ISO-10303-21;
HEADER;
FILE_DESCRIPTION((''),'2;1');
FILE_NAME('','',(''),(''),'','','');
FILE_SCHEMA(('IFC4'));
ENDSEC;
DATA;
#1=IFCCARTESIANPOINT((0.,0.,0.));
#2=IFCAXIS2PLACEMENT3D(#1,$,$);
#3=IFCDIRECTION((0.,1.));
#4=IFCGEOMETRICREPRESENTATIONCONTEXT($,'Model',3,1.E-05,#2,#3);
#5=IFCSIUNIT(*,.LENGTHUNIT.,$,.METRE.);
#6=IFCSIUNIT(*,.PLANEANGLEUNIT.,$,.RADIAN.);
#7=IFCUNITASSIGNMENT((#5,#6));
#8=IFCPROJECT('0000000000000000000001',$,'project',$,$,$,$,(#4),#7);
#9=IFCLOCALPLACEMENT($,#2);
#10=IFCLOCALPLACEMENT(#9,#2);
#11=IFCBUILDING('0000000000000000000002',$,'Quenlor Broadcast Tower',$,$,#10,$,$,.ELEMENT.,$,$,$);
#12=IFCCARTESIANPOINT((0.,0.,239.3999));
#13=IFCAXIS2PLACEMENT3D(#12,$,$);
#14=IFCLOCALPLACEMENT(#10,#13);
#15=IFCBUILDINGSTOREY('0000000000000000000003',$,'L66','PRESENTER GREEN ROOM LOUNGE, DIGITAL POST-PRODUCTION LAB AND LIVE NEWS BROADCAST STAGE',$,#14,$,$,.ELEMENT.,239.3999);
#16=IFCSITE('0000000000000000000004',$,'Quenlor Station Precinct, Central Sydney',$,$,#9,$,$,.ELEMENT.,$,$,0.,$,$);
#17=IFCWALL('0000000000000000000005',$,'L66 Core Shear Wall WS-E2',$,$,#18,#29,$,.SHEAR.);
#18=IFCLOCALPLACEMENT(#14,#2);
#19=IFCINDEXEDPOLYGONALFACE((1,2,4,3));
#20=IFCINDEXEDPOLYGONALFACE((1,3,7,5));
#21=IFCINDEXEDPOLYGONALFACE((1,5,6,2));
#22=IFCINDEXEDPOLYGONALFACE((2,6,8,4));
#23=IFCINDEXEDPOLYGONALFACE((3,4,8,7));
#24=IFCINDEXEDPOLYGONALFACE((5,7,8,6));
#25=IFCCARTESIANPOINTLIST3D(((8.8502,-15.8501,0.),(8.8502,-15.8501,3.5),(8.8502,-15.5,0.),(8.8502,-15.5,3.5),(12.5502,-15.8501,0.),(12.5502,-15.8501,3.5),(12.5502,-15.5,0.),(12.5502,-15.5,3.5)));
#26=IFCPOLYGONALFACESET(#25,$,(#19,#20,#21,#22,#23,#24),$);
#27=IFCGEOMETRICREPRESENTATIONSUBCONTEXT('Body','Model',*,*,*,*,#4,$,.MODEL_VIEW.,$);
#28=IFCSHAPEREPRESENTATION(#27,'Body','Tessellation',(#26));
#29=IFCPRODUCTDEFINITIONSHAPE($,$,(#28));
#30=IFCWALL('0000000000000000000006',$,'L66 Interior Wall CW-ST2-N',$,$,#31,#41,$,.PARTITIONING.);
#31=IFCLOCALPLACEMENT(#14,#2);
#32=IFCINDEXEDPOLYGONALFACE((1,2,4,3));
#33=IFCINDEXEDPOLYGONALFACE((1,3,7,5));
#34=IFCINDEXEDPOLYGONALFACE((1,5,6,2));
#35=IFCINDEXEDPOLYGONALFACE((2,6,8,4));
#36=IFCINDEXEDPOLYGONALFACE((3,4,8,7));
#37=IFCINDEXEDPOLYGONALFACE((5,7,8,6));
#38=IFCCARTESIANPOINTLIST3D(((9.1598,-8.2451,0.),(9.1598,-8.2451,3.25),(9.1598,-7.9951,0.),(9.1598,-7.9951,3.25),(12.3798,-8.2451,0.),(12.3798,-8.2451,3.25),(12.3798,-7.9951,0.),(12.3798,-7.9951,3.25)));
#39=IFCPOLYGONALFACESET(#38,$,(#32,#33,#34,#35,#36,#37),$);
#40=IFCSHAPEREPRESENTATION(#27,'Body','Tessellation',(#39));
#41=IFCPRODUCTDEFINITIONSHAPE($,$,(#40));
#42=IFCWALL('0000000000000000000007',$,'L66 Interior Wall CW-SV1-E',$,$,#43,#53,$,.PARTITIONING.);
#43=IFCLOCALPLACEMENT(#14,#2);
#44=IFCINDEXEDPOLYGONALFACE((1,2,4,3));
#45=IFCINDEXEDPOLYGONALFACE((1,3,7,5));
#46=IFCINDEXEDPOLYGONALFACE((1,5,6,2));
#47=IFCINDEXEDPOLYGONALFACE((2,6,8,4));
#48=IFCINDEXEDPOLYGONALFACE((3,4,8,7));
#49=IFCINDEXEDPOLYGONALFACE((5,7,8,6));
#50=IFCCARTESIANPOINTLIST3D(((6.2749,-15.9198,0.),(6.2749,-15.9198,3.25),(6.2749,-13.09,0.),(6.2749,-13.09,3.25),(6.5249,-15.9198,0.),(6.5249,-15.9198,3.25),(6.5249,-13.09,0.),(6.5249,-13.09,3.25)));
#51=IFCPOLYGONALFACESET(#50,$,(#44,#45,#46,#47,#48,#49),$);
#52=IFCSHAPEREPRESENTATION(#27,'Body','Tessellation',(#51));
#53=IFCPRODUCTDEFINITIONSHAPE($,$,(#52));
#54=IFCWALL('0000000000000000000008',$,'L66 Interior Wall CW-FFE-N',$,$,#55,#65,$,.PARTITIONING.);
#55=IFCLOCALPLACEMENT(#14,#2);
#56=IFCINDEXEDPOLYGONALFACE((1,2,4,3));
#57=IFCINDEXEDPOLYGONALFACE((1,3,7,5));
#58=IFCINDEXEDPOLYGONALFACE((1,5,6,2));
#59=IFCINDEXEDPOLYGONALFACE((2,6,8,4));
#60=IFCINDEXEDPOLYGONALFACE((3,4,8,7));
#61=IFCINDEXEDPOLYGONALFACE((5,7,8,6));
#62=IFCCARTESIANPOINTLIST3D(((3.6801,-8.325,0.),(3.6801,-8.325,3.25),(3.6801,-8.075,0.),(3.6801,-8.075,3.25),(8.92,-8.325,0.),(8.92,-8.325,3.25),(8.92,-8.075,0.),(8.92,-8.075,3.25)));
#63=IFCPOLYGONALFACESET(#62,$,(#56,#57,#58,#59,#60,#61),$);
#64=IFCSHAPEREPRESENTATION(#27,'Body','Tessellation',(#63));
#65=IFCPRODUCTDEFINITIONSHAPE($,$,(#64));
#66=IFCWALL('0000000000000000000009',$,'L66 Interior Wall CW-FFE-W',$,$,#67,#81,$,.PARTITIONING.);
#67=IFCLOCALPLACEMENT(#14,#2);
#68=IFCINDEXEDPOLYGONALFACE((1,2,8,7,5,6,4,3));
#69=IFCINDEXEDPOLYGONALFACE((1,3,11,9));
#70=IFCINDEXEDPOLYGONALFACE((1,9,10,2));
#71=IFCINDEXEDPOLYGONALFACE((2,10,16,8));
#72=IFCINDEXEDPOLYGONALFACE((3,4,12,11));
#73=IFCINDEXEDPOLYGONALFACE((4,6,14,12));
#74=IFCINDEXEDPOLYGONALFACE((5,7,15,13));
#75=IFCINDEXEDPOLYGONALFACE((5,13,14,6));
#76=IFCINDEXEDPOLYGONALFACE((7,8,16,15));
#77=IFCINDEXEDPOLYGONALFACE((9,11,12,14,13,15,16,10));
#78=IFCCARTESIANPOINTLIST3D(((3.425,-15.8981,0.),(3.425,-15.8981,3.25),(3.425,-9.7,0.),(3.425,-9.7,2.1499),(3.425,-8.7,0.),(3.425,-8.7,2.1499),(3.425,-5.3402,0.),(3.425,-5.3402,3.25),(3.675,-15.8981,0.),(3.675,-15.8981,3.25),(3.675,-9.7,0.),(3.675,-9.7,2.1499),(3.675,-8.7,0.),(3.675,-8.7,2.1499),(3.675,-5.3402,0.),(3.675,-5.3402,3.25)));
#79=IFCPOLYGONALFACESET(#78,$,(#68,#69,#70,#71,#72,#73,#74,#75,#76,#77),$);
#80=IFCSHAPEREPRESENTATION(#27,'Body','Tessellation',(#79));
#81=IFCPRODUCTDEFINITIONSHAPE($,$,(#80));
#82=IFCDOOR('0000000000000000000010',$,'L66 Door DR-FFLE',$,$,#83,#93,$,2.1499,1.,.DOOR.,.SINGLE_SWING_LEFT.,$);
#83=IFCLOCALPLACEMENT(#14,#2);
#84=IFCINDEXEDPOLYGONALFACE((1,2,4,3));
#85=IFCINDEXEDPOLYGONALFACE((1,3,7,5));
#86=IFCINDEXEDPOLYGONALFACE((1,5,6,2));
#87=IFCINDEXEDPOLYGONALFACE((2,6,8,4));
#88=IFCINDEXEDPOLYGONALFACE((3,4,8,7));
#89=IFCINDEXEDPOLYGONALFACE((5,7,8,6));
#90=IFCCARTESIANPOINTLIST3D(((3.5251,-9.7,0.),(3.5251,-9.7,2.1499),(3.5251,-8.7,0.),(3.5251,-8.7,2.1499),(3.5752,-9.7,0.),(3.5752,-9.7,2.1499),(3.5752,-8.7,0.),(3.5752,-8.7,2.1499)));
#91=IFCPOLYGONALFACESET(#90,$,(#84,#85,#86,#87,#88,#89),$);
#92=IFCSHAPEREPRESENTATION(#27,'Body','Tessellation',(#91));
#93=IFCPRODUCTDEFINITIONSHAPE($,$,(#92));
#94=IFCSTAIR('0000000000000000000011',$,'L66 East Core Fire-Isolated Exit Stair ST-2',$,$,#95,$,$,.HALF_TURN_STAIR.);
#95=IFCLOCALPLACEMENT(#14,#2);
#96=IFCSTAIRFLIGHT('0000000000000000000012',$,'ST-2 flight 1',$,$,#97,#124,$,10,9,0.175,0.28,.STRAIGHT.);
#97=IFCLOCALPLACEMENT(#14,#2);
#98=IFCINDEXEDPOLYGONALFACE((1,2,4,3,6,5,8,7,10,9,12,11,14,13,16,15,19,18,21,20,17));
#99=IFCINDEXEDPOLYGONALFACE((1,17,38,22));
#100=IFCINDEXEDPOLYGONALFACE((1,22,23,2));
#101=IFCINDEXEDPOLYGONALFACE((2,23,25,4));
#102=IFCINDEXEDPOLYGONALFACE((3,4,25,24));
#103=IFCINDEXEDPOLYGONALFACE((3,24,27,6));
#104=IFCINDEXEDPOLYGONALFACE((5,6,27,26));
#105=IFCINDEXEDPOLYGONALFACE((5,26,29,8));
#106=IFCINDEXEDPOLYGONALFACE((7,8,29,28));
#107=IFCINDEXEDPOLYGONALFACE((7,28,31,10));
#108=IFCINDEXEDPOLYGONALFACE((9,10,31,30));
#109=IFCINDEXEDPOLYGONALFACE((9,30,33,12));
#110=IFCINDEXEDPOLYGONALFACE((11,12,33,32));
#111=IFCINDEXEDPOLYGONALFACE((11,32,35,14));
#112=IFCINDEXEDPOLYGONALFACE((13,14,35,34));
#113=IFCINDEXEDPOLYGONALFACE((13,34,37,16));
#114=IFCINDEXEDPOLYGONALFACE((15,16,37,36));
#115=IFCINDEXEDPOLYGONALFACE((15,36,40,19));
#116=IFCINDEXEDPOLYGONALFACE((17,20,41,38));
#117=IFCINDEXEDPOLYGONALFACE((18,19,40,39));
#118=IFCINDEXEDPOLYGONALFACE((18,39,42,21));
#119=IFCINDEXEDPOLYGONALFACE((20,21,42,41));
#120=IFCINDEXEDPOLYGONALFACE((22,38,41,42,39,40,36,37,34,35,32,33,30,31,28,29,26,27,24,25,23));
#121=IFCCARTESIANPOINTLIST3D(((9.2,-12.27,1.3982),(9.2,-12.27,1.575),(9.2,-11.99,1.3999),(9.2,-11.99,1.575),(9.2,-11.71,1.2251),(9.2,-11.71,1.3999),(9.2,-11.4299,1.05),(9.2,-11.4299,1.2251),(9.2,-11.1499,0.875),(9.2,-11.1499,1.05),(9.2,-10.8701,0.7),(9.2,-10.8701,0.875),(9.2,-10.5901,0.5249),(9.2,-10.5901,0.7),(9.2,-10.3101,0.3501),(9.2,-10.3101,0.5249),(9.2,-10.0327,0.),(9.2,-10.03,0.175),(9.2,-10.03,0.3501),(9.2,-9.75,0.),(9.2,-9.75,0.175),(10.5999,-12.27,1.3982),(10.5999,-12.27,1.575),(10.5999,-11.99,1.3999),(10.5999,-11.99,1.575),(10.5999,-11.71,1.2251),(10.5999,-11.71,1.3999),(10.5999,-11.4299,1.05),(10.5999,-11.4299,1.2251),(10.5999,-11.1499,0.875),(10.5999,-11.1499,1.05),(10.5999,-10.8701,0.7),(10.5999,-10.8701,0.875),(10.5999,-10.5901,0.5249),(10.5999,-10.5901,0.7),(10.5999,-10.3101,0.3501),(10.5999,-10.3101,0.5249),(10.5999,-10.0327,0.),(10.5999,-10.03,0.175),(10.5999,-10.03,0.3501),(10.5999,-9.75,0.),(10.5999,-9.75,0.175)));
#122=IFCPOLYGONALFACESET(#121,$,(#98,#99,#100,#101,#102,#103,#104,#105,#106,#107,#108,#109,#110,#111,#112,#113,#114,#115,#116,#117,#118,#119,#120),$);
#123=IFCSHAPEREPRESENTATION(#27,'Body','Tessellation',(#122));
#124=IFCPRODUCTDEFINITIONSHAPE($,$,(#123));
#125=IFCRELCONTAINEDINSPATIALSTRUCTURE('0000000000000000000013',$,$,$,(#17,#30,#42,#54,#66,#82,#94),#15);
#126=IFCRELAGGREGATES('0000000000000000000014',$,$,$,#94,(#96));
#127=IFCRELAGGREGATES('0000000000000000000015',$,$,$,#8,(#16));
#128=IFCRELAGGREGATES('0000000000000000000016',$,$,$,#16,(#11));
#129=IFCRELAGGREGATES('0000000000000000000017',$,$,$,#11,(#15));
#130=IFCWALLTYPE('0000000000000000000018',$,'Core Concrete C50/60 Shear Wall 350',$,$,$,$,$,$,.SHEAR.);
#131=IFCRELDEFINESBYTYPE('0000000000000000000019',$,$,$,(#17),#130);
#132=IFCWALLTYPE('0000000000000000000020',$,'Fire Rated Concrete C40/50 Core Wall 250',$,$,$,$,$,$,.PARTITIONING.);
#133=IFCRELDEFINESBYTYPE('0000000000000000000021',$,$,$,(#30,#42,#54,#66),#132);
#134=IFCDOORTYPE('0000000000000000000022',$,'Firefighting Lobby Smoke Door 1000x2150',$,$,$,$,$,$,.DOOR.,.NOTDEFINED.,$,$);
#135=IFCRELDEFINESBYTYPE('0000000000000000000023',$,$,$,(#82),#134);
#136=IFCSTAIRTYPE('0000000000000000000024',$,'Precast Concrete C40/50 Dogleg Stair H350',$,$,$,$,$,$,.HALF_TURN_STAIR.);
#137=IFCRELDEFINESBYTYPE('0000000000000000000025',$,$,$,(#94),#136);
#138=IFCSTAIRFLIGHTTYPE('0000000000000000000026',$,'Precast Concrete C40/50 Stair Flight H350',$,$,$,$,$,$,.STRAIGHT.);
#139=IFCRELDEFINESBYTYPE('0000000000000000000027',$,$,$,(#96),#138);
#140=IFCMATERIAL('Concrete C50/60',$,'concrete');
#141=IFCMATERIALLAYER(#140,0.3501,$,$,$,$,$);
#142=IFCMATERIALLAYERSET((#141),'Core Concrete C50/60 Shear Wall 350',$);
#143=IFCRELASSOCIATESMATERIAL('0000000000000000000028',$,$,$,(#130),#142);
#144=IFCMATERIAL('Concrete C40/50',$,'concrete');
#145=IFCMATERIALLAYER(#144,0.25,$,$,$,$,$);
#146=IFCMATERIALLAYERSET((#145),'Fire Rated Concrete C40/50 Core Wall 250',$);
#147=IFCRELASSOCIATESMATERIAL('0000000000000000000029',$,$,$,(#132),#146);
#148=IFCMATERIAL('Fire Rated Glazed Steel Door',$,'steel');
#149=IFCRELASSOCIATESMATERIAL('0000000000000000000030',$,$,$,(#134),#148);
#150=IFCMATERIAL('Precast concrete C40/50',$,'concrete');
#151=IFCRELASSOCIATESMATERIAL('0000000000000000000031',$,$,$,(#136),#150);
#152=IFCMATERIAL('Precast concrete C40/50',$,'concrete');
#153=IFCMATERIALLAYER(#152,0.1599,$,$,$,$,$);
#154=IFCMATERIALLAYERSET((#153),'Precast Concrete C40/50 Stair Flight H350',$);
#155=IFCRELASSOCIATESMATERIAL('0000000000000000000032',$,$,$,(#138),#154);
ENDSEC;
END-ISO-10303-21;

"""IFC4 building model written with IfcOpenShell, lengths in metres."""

from ifc_helpers import new_model, si_unit, direction, frame, frame_2d, origin, place, context, subcontext, project, spatial, polyline, rectangle, outline, extrude, material, layer, layer_set, type_object, element, fill, aggregate, save


model = new_model("IFC4")

# Units and contexts
model_context = context("Model", 3, precision=1e-05, world=origin(), true_north=direction((0.0, 1.0)))
body_context = subcontext(model_context, "Body", "Model", "MODEL_VIEW")
ifc_project = project(units=[si_unit("LENGTHUNIT", "METRE"), si_unit("PLANEANGLEUNIT", "RADIAN")], contexts=[model_context])

# Site, building, storey
site_placement = place(None, origin())
site = spatial("IfcSite", under=ifc_project, at=site_placement, Name="Quenlor Station Precinct, Central Sydney", CompositionType="ELEMENT", RefElevation=0.0)
building_placement = place(site_placement, origin())
building = spatial("IfcBuilding", under=site, at=building_placement, Name="Quenlor Broadcast Tower", CompositionType="ELEMENT")
storey_placement = place(building_placement, frame((0.0, 0.0, 239.3999)))
storey = spatial("IfcBuildingStorey", under=building, at=storey_placement, Name="L66", Description="PRESENTER GREEN ROOM LOUNGE, DIGITAL POST-PRODUCTION LAB AND LIVE NEWS BROADCAST STAGE", CompositionType="ELEMENT", Elevation=239.3999)

# Wall
ifc_material_1 = material(Name="Concrete C50/60", Category="concrete")
ifc_layer_1 = layer(ifc_material_1, 0.3501)
ifc_layer_set_1 = layer_set([ifc_layer_1], Name="Core Concrete C50/60 Shear Wall 350")
wall_type_1 = type_object("IfcWallType", Name="Core Concrete C50/60 Shear Wall 350", PredefinedType="SHEAR", material=ifc_layer_set_1)
wall_1_placement = place(storey_placement, frame((8.8501, -15.675, 0.0), z_axis=(0.0, 0.0, 1.0), x_axis=(1.0, 0.0, 0.0)))
element("IfcWall", 1, at=wall_1_placement, inside=storey, type_object=wall_type_1, Name="L66 Core Shear Wall WS-E2", PredefinedType="SHEAR", context=body_context, shape_type="SweptSolid", body=[
    extrude(rectangle(XDim=3.7, YDim=0.3501, at=frame_2d((1.8501, 0.0))), origin(), (0.0, 0.0, 1.0), 3.5),
])

# Shared definitions
ifc_material_2 = material(Name="Concrete C40/50", Category="concrete")
ifc_layer_2 = layer(ifc_material_2, 0.25)
ifc_layer_set_2 = layer_set([ifc_layer_2], Name="Fire Rated Concrete C40/50 Core Wall 250")
wall_type_2 = type_object("IfcWallType", Name="Fire Rated Concrete C40/50 Core Wall 250", PredefinedType="PARTITIONING", material=ifc_layer_set_2)

# Wall
wall_2_placement = place(storey_placement, frame((9.1599, -8.1201, 0.0), z_axis=(0.0, 0.0, 1.0), x_axis=(1.0, 0.0, 0.0)))
element("IfcWall", 2, at=wall_2_placement, inside=storey, type_object=wall_type_2, Name="L66 Interior Wall CW-ST2-N", PredefinedType="PARTITIONING", context=body_context, shape_type="SweptSolid", body=[
    extrude(rectangle(XDim=3.22, YDim=0.25, at=frame_2d((1.6099, 0.0))), origin(), (0.0, 0.0, 1.0), 3.25),
])

# Walls
wall_3_placement = place(storey_placement, frame((6.3999, -15.9199, 0.0), z_axis=(0.0, 0.0, 1.0), x_axis=(0.0, 1.0, 0.0)))
element("IfcWall", 3, at=wall_3_placement, inside=storey, type_object=wall_type_2, Name="L66 Interior Wall CW-SV1-E", PredefinedType="PARTITIONING", context=body_context, shape_type="SweptSolid", body=[
    extrude(rectangle(XDim=2.8298, YDim=0.25, at=frame_2d((1.415, 0.0))), origin(), (0.0, 0.0, 1.0), 3.25),
])
wall_4_placement = place(storey_placement, frame((3.6799, -8.2, 0.0), z_axis=(0.0, 0.0, 1.0), x_axis=(1.0, 0.0, 0.0)))
element("IfcWall", 4, at=wall_4_placement, inside=storey, type_object=wall_type_2, Name="L66 Interior Wall CW-FFE-N", PredefinedType="PARTITIONING", context=body_context, shape_type="SweptSolid", body=[
    extrude(rectangle(XDim=5.24, YDim=0.25, at=frame_2d((2.6201, 0.0))), origin(), (0.0, 0.0, 1.0), 3.25),
])

# Wall, opening, door
wall_5_placement = place(storey_placement, frame((3.55, -15.8979, 0.0), z_axis=(0.0, 0.0, 1.0), x_axis=(0.0, 1.0, 0.0)))
wall_5 = element("IfcWall", 5, at=wall_5_placement, inside=storey, type_object=wall_type_2, Name="L66 Interior Wall CW-FFE-W", PredefinedType="PARTITIONING", context=body_context, shape_type="SweptSolid", body=[
    extrude(rectangle(XDim=10.5579, YDim=0.25, at=frame_2d((5.2788, 0.0))), origin(), (0.0, 0.0, 1.0), 3.25),
])
opening_1_placement = place(wall_5_placement, frame((6.198, 0.0, 0.0)))
opening_1 = element("IfcOpeningElement", 6, at=opening_1_placement, cuts=wall_5, PredefinedType="OPENING", context=body_context, shape_type="SweptSolid", body=[
    extrude(rectangle(XDim=1.0, YDim=2.1499, at=frame_2d((0.5, 1.075))), frame((0.0, 0.135, 0.0), z_axis=(0.0, -1.0, 0.0), x_axis=(1.0, 0.0, 0.0)), (0.0, 0.0, 1.0), 0.27),
])
ifc_material_3 = material(Name="Fire Rated Glazed Steel Door", Category="steel")
door_type_1 = type_object("IfcDoorType", Name="Firefighting Lobby Smoke Door 1000x2150", OperationType="NOTDEFINED", PredefinedType="DOOR", material=ifc_material_3)
door_1_placement = place(opening_1_placement, origin())
door_1 = element("IfcDoor", 7, at=door_1_placement, inside=storey, type_object=door_type_1, Name="L66 Door DR-FFLE", OperationType="SINGLE_SWING_LEFT", OverallHeight=2.1499, OverallWidth=1.0, PredefinedType="DOOR", context=body_context, shape_type="SweptSolid", body=[
    extrude(rectangle(XDim=1.0, YDim=2.1499, at=frame_2d((0.5, 1.075))), frame((0.0, 0.0249, 0.0), z_axis=(0.0, -1.0, 0.0), x_axis=(1.0, 0.0, 0.0)), (0.0, 0.0, 1.0), 0.05),
])
fill(opening_1, door_1)

# Stair, stair flight
ifc_material_4 = material(Name="Precast concrete C40/50", Category="concrete")
stair_type = type_object("IfcStairType", Name="Precast Concrete C40/50 Dogleg Stair H350", PredefinedType="HALF_TURN_STAIR", material=ifc_material_4)
stair_placement = place(storey_placement, origin())
stair = element("IfcStair", 8, at=stair_placement, inside=storey, type_object=stair_type, Name="L66 East Core Fire-Isolated Exit Stair ST-2", PredefinedType="HALF_TURN_STAIR")
ifc_material_5 = material(Name="Precast concrete C40/50", Category="concrete")
ifc_layer_3 = layer(ifc_material_5, 0.1599)
ifc_layer_set_3 = layer_set([ifc_layer_3], Name="Precast Concrete C40/50 Stair Flight H350")
stair_flight_type = type_object("IfcStairFlightType", Name="Precast Concrete C40/50 Stair Flight H350", PredefinedType="STRAIGHT", material=ifc_layer_set_3)
stair_flight_placement = place(storey_placement, frame((9.8999, -9.75, 0.0), z_axis=(0.0, 0.0, 1.0), x_axis=(0.0, -1.0, 0.0)))
stair_flight = element("IfcStairFlight", 9, at=stair_flight_placement, type_object=stair_flight_type, Name="ST-2 flight 1", NumberOfRisers=10, NumberOfTreads=9, PredefinedType="STRAIGHT", RiserHeight=0.175, TreadLength=0.28, context=body_context, shape_type="SweptSolid", body=[
    extrude(outline(polyline([(0.0, 0.0), (0.0, 0.175), (0.28, 0.175), (0.28, 0.3501), (0.5601, 0.3501), (0.5601, 0.5249), (0.8401, 0.5249), (0.8401, 0.7), (1.1201, 0.7), (1.1201, 0.875), (1.3999, 0.875), (1.3999, 1.05), (1.6799, 1.05), (1.6799, 1.2251), (1.96, 1.2251), (1.96, 1.3999), (2.24, 1.3999), (2.24, 1.575), (2.52, 1.575), (2.52, 1.75), (2.52, 1.3982), (0.2827, 0.0), (0.0, 0.0)])), frame((0.0, 0.7, 0.0), z_axis=(0.0, -1.0, 0.0), x_axis=(1.0, 0.0, 0.0)), (0.0, 0.0, 1.0), 1.3999),
])
aggregate(stair, [stair_flight])

save(model, "model.ifc")
